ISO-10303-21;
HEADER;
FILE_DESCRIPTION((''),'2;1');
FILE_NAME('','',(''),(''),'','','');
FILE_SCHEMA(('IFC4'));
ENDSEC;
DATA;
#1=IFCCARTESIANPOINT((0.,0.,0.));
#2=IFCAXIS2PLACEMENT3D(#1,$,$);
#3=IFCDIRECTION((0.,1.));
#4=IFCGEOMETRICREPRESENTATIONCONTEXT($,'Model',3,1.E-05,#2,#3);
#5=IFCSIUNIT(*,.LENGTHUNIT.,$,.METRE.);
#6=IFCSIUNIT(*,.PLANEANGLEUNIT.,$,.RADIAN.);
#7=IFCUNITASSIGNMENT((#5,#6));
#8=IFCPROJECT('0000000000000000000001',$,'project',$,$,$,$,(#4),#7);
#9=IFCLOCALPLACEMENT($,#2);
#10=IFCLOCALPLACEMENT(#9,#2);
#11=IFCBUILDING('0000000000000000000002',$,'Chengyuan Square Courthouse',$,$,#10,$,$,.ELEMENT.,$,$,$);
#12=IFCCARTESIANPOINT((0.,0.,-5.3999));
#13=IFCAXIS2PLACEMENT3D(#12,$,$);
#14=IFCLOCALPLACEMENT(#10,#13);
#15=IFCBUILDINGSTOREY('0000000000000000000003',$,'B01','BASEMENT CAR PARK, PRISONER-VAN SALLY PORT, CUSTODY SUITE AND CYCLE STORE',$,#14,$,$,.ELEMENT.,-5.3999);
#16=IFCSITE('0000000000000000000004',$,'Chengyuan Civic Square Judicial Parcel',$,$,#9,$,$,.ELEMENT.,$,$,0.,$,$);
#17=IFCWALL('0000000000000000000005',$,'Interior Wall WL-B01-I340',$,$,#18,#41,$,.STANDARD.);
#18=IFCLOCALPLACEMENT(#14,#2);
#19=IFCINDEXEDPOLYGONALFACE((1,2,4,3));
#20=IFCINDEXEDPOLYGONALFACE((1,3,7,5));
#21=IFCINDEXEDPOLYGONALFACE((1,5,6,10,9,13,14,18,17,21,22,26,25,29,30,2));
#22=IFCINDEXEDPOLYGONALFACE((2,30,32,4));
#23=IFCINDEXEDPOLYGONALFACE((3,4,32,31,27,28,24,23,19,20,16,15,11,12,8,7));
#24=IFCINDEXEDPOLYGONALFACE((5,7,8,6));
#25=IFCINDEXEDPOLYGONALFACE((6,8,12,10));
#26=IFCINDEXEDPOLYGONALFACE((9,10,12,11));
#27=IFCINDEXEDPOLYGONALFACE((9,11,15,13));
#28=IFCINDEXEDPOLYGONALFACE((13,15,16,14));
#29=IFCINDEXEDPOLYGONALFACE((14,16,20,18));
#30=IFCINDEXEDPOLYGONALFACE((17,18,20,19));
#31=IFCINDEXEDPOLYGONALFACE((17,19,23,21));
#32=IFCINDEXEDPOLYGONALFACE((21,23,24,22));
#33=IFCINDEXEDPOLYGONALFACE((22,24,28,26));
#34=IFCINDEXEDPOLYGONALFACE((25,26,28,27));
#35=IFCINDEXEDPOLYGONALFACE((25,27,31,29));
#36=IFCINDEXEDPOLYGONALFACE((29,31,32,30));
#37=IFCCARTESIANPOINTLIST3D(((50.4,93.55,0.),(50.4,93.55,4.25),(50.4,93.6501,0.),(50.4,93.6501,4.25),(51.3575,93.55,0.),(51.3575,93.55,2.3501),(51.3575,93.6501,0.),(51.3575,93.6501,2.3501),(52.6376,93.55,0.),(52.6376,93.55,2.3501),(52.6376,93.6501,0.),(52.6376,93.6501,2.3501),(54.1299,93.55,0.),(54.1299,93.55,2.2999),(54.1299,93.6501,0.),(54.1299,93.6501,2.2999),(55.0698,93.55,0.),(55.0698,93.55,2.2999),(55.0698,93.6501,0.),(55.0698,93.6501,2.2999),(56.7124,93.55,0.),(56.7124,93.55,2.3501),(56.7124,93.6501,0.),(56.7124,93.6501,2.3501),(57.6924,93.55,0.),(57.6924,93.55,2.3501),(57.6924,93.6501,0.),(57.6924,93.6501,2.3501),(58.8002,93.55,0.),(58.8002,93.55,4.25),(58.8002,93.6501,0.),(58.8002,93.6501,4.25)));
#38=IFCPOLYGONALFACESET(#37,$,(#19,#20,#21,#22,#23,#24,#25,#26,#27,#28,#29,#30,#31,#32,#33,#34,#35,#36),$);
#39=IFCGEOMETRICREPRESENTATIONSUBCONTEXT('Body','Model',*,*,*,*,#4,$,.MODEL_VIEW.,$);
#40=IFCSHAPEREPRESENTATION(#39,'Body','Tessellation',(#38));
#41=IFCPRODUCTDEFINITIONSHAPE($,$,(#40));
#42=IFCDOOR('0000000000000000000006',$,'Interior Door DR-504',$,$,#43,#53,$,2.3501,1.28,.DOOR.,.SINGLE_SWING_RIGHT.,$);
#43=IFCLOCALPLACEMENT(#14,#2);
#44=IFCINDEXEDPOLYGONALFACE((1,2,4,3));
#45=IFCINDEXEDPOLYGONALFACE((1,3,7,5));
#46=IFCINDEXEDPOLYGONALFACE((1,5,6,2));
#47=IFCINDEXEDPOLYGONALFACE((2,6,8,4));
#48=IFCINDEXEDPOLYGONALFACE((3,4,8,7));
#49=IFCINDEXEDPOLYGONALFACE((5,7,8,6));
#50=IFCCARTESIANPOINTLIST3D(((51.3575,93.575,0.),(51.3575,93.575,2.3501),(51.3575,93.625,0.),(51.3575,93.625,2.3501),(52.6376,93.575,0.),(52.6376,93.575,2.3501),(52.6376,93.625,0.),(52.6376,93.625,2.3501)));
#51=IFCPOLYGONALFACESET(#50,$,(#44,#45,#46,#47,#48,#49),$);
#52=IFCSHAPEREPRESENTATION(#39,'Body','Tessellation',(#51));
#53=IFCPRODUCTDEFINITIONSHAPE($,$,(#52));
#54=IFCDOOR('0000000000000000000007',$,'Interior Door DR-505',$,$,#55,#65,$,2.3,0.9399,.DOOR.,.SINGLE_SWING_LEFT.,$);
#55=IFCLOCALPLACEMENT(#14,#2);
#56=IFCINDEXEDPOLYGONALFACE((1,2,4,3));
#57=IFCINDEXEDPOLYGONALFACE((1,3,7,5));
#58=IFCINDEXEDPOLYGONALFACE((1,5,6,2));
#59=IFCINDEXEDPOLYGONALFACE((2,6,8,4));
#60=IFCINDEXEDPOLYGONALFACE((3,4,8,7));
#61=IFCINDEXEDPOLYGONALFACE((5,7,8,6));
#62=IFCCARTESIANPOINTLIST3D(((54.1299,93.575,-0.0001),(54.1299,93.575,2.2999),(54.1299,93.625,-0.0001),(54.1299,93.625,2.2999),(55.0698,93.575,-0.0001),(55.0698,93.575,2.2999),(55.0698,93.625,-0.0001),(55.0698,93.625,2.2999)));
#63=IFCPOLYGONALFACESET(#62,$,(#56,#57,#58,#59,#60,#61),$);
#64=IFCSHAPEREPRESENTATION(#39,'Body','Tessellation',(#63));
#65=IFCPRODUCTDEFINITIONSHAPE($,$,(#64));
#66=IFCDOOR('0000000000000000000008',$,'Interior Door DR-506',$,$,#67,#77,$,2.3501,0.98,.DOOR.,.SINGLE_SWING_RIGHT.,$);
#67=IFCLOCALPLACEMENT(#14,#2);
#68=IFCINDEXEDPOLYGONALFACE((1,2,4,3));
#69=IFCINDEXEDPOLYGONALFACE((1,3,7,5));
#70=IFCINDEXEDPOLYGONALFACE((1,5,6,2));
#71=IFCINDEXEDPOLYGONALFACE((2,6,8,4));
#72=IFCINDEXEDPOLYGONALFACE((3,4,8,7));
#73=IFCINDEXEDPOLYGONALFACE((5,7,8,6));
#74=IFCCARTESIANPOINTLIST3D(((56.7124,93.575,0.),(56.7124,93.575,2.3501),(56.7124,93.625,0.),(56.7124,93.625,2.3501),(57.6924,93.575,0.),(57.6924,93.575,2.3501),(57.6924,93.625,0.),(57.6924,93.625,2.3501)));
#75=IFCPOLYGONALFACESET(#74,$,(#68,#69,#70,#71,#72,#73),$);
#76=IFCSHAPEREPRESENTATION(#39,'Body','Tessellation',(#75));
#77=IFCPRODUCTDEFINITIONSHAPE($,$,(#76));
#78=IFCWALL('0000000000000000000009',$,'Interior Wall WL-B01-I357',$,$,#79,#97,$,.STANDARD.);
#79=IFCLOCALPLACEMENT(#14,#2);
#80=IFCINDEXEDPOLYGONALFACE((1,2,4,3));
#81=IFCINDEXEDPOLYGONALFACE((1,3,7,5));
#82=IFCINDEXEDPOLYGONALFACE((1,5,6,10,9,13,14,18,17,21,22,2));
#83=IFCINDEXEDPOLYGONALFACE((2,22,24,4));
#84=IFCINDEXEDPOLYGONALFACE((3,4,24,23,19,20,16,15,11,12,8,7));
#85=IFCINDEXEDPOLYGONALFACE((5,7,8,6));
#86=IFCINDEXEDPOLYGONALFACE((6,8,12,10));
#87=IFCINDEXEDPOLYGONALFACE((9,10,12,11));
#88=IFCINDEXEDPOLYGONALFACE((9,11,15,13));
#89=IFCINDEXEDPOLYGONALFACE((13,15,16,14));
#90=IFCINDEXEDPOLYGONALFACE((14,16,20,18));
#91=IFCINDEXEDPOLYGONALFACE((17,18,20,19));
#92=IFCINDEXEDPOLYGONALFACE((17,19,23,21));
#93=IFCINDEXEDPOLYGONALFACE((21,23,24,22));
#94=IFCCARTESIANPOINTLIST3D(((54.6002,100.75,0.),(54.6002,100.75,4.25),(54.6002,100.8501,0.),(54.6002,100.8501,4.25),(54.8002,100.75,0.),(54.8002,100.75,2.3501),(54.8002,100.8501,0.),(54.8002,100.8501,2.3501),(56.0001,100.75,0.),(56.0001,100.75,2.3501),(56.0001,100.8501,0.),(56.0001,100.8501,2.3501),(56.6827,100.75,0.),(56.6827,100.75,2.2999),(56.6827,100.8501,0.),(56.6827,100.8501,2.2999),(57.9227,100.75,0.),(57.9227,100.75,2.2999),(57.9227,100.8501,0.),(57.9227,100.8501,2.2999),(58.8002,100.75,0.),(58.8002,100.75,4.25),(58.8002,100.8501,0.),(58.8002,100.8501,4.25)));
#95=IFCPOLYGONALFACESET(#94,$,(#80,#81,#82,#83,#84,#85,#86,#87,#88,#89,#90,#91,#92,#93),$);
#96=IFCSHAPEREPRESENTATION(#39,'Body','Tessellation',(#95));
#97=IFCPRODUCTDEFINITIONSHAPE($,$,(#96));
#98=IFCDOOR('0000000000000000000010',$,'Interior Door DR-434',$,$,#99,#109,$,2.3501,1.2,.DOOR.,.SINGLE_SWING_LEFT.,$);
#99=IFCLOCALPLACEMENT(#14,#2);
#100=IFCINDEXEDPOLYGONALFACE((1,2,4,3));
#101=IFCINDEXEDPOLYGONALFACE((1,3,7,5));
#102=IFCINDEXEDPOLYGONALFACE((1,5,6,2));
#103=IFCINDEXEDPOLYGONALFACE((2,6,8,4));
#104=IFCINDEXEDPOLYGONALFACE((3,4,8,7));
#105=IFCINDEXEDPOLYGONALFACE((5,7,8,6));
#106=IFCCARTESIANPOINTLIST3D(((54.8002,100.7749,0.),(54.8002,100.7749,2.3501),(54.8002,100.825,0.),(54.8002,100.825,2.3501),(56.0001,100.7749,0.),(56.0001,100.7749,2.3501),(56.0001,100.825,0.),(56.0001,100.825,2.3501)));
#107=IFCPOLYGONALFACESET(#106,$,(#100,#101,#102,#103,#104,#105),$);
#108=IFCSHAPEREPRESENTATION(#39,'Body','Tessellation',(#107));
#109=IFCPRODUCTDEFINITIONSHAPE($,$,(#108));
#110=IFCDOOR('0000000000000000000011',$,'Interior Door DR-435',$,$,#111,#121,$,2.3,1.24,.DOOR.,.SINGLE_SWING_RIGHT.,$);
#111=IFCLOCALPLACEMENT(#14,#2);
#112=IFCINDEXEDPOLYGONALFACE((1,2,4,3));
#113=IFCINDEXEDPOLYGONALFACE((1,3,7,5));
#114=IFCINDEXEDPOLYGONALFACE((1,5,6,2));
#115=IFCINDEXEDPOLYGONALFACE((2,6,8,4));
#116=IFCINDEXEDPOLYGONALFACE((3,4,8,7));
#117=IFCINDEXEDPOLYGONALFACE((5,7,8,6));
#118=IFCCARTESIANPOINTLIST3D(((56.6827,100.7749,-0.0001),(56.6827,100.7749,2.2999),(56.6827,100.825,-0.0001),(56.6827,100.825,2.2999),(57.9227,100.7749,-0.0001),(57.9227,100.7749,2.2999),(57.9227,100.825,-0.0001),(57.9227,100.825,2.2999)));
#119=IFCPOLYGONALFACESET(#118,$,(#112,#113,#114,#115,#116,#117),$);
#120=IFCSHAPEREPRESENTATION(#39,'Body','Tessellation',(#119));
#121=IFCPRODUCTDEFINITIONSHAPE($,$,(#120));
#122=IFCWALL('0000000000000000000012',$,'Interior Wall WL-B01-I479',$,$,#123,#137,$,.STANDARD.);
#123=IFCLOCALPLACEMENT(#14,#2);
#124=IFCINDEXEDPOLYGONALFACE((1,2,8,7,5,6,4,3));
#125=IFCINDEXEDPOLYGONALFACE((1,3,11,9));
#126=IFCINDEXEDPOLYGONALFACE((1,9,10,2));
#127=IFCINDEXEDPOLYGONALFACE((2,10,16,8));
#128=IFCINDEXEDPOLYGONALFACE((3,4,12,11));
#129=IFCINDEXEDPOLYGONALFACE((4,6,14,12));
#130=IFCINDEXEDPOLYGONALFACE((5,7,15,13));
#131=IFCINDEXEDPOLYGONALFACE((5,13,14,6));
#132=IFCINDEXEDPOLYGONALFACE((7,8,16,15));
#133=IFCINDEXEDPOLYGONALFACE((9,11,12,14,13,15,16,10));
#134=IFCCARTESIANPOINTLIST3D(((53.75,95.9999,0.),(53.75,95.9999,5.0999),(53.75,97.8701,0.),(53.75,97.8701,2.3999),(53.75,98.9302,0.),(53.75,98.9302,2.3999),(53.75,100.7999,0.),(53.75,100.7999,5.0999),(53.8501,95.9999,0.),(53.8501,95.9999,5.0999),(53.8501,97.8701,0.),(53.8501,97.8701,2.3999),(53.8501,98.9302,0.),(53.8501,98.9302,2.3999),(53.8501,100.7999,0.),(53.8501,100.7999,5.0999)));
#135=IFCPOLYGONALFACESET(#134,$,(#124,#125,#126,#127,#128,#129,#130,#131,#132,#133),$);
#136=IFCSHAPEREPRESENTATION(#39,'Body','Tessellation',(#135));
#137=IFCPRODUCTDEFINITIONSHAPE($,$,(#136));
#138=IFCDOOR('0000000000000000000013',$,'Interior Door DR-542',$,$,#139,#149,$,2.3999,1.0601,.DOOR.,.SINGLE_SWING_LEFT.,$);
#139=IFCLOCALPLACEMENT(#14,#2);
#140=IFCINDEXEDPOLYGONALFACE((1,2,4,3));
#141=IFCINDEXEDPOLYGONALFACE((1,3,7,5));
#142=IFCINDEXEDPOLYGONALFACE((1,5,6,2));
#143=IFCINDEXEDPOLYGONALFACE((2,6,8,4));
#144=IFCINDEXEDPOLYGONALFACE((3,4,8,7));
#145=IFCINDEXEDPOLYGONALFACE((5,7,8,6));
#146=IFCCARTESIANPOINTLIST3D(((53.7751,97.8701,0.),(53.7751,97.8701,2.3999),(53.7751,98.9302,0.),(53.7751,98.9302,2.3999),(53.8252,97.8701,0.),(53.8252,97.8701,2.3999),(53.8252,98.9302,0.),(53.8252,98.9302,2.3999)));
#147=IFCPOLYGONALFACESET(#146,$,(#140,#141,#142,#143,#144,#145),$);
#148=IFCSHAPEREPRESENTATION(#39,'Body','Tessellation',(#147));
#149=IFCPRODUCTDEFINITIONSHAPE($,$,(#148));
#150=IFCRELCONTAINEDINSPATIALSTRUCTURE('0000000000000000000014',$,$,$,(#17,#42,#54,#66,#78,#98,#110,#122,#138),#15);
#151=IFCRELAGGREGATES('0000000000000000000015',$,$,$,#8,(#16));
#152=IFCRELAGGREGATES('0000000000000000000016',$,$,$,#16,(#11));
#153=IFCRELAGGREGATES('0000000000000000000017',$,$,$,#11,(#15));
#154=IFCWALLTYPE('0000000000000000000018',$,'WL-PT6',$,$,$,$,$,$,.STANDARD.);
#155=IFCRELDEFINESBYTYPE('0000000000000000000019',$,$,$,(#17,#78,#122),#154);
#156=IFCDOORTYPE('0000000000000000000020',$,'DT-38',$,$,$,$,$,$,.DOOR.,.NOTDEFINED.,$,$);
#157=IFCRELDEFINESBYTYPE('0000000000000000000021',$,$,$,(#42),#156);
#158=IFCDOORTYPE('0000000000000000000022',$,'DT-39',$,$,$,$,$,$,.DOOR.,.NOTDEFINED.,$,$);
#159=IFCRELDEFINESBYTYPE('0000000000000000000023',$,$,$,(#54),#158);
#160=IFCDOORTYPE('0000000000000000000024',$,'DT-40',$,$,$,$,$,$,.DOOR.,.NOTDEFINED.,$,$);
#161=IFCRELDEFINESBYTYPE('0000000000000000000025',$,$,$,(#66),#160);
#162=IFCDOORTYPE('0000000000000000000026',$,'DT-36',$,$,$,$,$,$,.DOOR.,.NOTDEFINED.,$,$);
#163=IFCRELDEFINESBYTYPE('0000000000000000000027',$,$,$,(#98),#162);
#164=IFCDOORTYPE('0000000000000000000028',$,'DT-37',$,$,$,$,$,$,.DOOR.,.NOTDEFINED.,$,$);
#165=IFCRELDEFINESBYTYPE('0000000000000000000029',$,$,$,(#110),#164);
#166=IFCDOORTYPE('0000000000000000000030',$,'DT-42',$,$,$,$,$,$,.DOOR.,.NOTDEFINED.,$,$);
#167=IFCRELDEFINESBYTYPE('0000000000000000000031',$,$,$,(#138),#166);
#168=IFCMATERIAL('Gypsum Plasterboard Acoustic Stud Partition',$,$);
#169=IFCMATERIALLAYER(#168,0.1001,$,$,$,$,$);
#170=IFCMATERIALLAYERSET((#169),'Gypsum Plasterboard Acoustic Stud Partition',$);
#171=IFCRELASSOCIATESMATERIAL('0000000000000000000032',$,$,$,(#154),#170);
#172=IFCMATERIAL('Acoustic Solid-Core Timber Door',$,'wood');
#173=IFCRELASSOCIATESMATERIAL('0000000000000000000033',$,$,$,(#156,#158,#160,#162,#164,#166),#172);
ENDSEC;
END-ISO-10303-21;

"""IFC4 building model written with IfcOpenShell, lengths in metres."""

from ifc_helpers import new_model, si_unit, direction, frame, frame_2d, origin, place, context, subcontext, project, spatial, rectangle, extrude, material, layer, layer_set, type_object, element, fill, save


model = new_model("IFC4")

# Units and contexts
model_context = context("Model", 3, precision=1e-05, world=origin(), true_north=direction((0.0, 1.0)))
body_context = subcontext(model_context, "Body", "Model", "MODEL_VIEW")
ifc_project = project(units=[si_unit("LENGTHUNIT", "METRE"), si_unit("PLANEANGLEUNIT", "RADIAN")], contexts=[model_context])

# Site, building, storey
site_placement = place(None, origin())
site = spatial("IfcSite", under=ifc_project, at=site_placement, Name="Chengyuan Civic Square Judicial Parcel", CompositionType="ELEMENT", RefElevation=0.0)
building_placement = place(site_placement, origin())
building = spatial("IfcBuilding", under=site, at=building_placement, Name="Chengyuan Square Courthouse", CompositionType="ELEMENT")
storey_placement = place(building_placement, frame((0.0, 0.0, -5.3999)))
storey = spatial("IfcBuildingStorey", under=building, at=storey_placement, Name="B01", Description="BASEMENT CAR PARK, PRISONER-VAN SALLY PORT, CUSTODY SUITE AND CYCLE STORE", CompositionType="ELEMENT", Elevation=-5.3999)

# Walls, openings, doors
ifc_material_1 = material(Name="Gypsum Plasterboard Acoustic Stud Partition")
ifc_layer_1 = layer(ifc_material_1, 0.1001)
ifc_layer_set_1 = layer_set([ifc_layer_1], Name="Gypsum Plasterboard Acoustic Stud Partition")
wall_type_1 = type_object("IfcWallType", Name="WL-PT6", PredefinedType="STANDARD", material=ifc_layer_set_1)
wall_1_placement = place(storey_placement, frame((50.3999, 93.6001, 0.0), z_axis=(0.0, 0.0, 1.0), x_axis=(1.0, 0.0, 0.0)))
wall_1 = element("IfcWall", 1, at=wall_1_placement, inside=storey, type_object=wall_type_1, Name="Interior Wall WL-B01-I340", PredefinedType="STANDARD", context=body_context, shape_type="SweptSolid", body=[
    extrude(rectangle(XDim=8.4001, YDim=0.1001, at=frame_2d((4.2002, 0.0))), origin(), (0.0, 0.0, 1.0), 4.25),
])
opening_1_placement = place(wall_1_placement, frame((0.9575, 0.0, 0.0)))
opening_1 = element("IfcOpeningElement", 2, at=opening_1_placement, cuts=wall_1, PredefinedType="OPENING", context=body_context, shape_type="SweptSolid", body=[
    extrude(rectangle(XDim=1.28, YDim=2.3501, at=frame_2d((0.6401, 1.175))), frame((0.0, 0.062, 0.0), z_axis=(0.0, -1.0, 0.0), x_axis=(1.0, 0.0, 0.0)), (0.0, 0.0, 1.0), 0.124),
])
opening_2_placement = place(wall_1_placement, frame((3.73, 0.0, 0.0)))
opening_2 = element("IfcOpeningElement", 3, at=opening_2_placement, cuts=wall_1, PredefinedType="OPENING", context=body_context, shape_type="SweptSolid", body=[
    extrude(rectangle(XDim=0.9399, YDim=2.3, at=frame_2d((0.47, 1.1499))), frame((0.0, 0.062, 0.0), z_axis=(0.0, -1.0, 0.0), x_axis=(1.0, 0.0, 0.0)), (0.0, 0.0, 1.0), 0.124),
])
opening_3_placement = place(wall_1_placement, frame((6.3125, 0.0, 0.0)))
opening_3 = element("IfcOpeningElement", 4, at=opening_3_placement, cuts=wall_1, PredefinedType="OPENING", context=body_context, shape_type="SweptSolid", body=[
    extrude(rectangle(XDim=0.98, YDim=2.3501, at=frame_2d((0.49, 1.175))), frame((0.0, 0.062, 0.0), z_axis=(0.0, -1.0, 0.0), x_axis=(1.0, 0.0, 0.0)), (0.0, 0.0, 1.0), 0.124),
])
ifc_material_2 = material(Name="Acoustic Solid-Core Timber Door", Category="wood")
door_type_1 = type_object("IfcDoorType", Name="DT-38", OperationType="NOTDEFINED", PredefinedType="DOOR", material=ifc_material_2)
door_1_placement = place(opening_1_placement, origin())
door_1 = element("IfcDoor", 5, at=door_1_placement, inside=storey, type_object=door_type_1, Name="Interior Door DR-504", OperationType="SINGLE_SWING_RIGHT", OverallHeight=2.3501, OverallWidth=1.28, PredefinedType="DOOR", context=body_context, shape_type="SweptSolid", body=[
    extrude(rectangle(XDim=1.28, YDim=2.3501, at=frame_2d((0.6401, 1.175))), frame((0.0, 0.0249, 0.0), z_axis=(0.0, -1.0, 0.0), x_axis=(1.0, 0.0, 0.0)), (0.0, 0.0, 1.0), 0.05),
])
fill(opening_1, door_1)
door_type_2 = type_object("IfcDoorType", Name="DT-39", OperationType="NOTDEFINED", PredefinedType="DOOR", material=ifc_material_2)
door_2_placement = place(opening_2_placement, origin())
door_2 = element("IfcDoor", 6, at=door_2_placement, inside=storey, type_object=door_type_2, Name="Interior Door DR-505", OperationType="SINGLE_SWING_LEFT", OverallHeight=2.3, OverallWidth=0.9399, PredefinedType="DOOR", context=body_context, shape_type="SweptSolid", body=[
    extrude(rectangle(XDim=0.9399, YDim=2.3, at=frame_2d((0.47, 1.1499))), frame((0.0, 0.0249, 0.0), z_axis=(0.0, -1.0, 0.0), x_axis=(1.0, 0.0, 0.0)), (0.0, 0.0, 1.0), 0.05),
])
fill(opening_2, door_2)
door_type_3 = type_object("IfcDoorType", Name="DT-40", OperationType="NOTDEFINED", PredefinedType="DOOR", material=ifc_material_2)
door_3_placement = place(opening_3_placement, origin())
door_3 = element("IfcDoor", 7, at=door_3_placement, inside=storey, type_object=door_type_3, Name="Interior Door DR-506", OperationType="SINGLE_SWING_RIGHT", OverallHeight=2.3501, OverallWidth=0.98, PredefinedType="DOOR", context=body_context, shape_type="SweptSolid", body=[
    extrude(rectangle(XDim=0.98, YDim=2.3501, at=frame_2d((0.49, 1.175))), frame((0.0, 0.0249, 0.0), z_axis=(0.0, -1.0, 0.0), x_axis=(1.0, 0.0, 0.0)), (0.0, 0.0, 1.0), 0.05),
])
fill(opening_3, door_3)
wall_2_placement = place(storey_placement, frame((54.6001, 100.8, 0.0), z_axis=(0.0, 0.0, 1.0), x_axis=(1.0, 0.0, 0.0)))
wall_2 = element("IfcWall", 8, at=wall_2_placement, inside=storey, type_object=wall_type_1, Name="Interior Wall WL-B01-I357", PredefinedType="STANDARD", context=body_context, shape_type="SweptSolid", body=[
    extrude(rectangle(XDim=4.2, YDim=0.1001, at=frame_2d((2.1001, 0.0))), origin(), (0.0, 0.0, 1.0), 4.25),
])
opening_4_placement = place(wall_2_placement, frame((0.2, 0.0, 0.0)))
opening_4 = element("IfcOpeningElement", 9, at=opening_4_placement, cuts=wall_2, PredefinedType="OPENING", context=body_context, shape_type="SweptSolid", body=[
    extrude(rectangle(XDim=1.2, YDim=2.3501, at=frame_2d((0.6001, 1.175))), frame((0.0, 0.062, 0.0), z_axis=(0.0, -1.0, 0.0), x_axis=(1.0, 0.0, 0.0)), (0.0, 0.0, 1.0), 0.124),
])
opening_5_placement = place(wall_2_placement, frame((2.0825, 0.0, 0.0)))
opening_5 = element("IfcOpeningElement", 10, at=opening_5_placement, cuts=wall_2, PredefinedType="OPENING", context=body_context, shape_type="SweptSolid", body=[
    extrude(rectangle(XDim=1.24, YDim=2.3, at=frame_2d((0.6201, 1.1499))), frame((0.0, 0.062, 0.0), z_axis=(0.0, -1.0, 0.0), x_axis=(1.0, 0.0, 0.0)), (0.0, 0.0, 1.0), 0.124),
])
door_type_4 = type_object("IfcDoorType", Name="DT-36", OperationType="NOTDEFINED", PredefinedType="DOOR", material=ifc_material_2)
door_4_placement = place(opening_4_placement, origin())
door_4 = element("IfcDoor", 11, at=door_4_placement, inside=storey, type_object=door_type_4, Name="Interior Door DR-434", OperationType="SINGLE_SWING_LEFT", OverallHeight=2.3501, OverallWidth=1.2, PredefinedType="DOOR", context=body_context, shape_type="SweptSolid", body=[
    extrude(rectangle(XDim=1.2, YDim=2.3501, at=frame_2d((0.6001, 1.175))), frame((0.0, 0.0249, 0.0), z_axis=(0.0, -1.0, 0.0), x_axis=(1.0, 0.0, 0.0)), (0.0, 0.0, 1.0), 0.05),
])
fill(opening_4, door_4)
door_type_5 = type_object("IfcDoorType", Name="DT-37", OperationType="NOTDEFINED", PredefinedType="DOOR", material=ifc_material_2)
door_5_placement = place(opening_5_placement, origin())
door_5 = element("IfcDoor", 12, at=door_5_placement, inside=storey, type_object=door_type_5, Name="Interior Door DR-435", OperationType="SINGLE_SWING_RIGHT", OverallHeight=2.3, OverallWidth=1.24, PredefinedType="DOOR", context=body_context, shape_type="SweptSolid", body=[
    extrude(rectangle(XDim=1.24, YDim=2.3, at=frame_2d((0.6201, 1.1499))), frame((0.0, 0.0249, 0.0), z_axis=(0.0, -1.0, 0.0), x_axis=(1.0, 0.0, 0.0)), (0.0, 0.0, 1.0), 0.05),
])
fill(opening_5, door_5)

# Wall, opening, door
wall_3_placement = place(storey_placement, frame((53.8, 96.0, 0.0), z_axis=(0.0, 0.0, 1.0), x_axis=(0.0, 1.0, 0.0)))
wall_3 = element("IfcWall", 13, at=wall_3_placement, inside=storey, type_object=wall_type_1, Name="Interior Wall WL-B01-I479", PredefinedType="STANDARD", context=body_context, shape_type="SweptSolid", body=[
    extrude(rectangle(XDim=4.8, YDim=0.1001, at=frame_2d((2.3999, 0.0))), origin(), (0.0, 0.0, 1.0), 5.0999),
])
opening_6_placement = place(wall_3_placement, frame((1.8701, 0.0, 0.0)))
opening_6 = element("IfcOpeningElement", 14, at=opening_6_placement, cuts=wall_3, PredefinedType="OPENING", context=body_context, shape_type="SweptSolid", body=[
    extrude(rectangle(XDim=1.0601, YDim=2.3999, at=frame_2d((0.53, 1.2))), frame((0.0, 0.062, 0.0), z_axis=(0.0, -1.0, 0.0), x_axis=(1.0, 0.0, 0.0)), (0.0, 0.0, 1.0), 0.124),
])
door_type_6 = type_object("IfcDoorType", Name="DT-42", OperationType="NOTDEFINED", PredefinedType="DOOR", material=ifc_material_2)
door_6_placement = place(opening_6_placement, origin())
door_6 = element("IfcDoor", 15, at=door_6_placement, inside=storey, type_object=door_type_6, Name="Interior Door DR-542", OperationType="SINGLE_SWING_LEFT", OverallHeight=2.3999, OverallWidth=1.0601, PredefinedType="DOOR", context=body_context, shape_type="SweptSolid", body=[
    extrude(rectangle(XDim=1.0601, YDim=2.3999, at=frame_2d((0.53, 1.2))), frame((0.0, 0.0249, 0.0), z_axis=(0.0, -1.0, 0.0), x_axis=(1.0, 0.0, 0.0)), (0.0, 0.0, 1.0), 0.05),
])
fill(opening_6, door_6)

save(model, "model.ifc")
